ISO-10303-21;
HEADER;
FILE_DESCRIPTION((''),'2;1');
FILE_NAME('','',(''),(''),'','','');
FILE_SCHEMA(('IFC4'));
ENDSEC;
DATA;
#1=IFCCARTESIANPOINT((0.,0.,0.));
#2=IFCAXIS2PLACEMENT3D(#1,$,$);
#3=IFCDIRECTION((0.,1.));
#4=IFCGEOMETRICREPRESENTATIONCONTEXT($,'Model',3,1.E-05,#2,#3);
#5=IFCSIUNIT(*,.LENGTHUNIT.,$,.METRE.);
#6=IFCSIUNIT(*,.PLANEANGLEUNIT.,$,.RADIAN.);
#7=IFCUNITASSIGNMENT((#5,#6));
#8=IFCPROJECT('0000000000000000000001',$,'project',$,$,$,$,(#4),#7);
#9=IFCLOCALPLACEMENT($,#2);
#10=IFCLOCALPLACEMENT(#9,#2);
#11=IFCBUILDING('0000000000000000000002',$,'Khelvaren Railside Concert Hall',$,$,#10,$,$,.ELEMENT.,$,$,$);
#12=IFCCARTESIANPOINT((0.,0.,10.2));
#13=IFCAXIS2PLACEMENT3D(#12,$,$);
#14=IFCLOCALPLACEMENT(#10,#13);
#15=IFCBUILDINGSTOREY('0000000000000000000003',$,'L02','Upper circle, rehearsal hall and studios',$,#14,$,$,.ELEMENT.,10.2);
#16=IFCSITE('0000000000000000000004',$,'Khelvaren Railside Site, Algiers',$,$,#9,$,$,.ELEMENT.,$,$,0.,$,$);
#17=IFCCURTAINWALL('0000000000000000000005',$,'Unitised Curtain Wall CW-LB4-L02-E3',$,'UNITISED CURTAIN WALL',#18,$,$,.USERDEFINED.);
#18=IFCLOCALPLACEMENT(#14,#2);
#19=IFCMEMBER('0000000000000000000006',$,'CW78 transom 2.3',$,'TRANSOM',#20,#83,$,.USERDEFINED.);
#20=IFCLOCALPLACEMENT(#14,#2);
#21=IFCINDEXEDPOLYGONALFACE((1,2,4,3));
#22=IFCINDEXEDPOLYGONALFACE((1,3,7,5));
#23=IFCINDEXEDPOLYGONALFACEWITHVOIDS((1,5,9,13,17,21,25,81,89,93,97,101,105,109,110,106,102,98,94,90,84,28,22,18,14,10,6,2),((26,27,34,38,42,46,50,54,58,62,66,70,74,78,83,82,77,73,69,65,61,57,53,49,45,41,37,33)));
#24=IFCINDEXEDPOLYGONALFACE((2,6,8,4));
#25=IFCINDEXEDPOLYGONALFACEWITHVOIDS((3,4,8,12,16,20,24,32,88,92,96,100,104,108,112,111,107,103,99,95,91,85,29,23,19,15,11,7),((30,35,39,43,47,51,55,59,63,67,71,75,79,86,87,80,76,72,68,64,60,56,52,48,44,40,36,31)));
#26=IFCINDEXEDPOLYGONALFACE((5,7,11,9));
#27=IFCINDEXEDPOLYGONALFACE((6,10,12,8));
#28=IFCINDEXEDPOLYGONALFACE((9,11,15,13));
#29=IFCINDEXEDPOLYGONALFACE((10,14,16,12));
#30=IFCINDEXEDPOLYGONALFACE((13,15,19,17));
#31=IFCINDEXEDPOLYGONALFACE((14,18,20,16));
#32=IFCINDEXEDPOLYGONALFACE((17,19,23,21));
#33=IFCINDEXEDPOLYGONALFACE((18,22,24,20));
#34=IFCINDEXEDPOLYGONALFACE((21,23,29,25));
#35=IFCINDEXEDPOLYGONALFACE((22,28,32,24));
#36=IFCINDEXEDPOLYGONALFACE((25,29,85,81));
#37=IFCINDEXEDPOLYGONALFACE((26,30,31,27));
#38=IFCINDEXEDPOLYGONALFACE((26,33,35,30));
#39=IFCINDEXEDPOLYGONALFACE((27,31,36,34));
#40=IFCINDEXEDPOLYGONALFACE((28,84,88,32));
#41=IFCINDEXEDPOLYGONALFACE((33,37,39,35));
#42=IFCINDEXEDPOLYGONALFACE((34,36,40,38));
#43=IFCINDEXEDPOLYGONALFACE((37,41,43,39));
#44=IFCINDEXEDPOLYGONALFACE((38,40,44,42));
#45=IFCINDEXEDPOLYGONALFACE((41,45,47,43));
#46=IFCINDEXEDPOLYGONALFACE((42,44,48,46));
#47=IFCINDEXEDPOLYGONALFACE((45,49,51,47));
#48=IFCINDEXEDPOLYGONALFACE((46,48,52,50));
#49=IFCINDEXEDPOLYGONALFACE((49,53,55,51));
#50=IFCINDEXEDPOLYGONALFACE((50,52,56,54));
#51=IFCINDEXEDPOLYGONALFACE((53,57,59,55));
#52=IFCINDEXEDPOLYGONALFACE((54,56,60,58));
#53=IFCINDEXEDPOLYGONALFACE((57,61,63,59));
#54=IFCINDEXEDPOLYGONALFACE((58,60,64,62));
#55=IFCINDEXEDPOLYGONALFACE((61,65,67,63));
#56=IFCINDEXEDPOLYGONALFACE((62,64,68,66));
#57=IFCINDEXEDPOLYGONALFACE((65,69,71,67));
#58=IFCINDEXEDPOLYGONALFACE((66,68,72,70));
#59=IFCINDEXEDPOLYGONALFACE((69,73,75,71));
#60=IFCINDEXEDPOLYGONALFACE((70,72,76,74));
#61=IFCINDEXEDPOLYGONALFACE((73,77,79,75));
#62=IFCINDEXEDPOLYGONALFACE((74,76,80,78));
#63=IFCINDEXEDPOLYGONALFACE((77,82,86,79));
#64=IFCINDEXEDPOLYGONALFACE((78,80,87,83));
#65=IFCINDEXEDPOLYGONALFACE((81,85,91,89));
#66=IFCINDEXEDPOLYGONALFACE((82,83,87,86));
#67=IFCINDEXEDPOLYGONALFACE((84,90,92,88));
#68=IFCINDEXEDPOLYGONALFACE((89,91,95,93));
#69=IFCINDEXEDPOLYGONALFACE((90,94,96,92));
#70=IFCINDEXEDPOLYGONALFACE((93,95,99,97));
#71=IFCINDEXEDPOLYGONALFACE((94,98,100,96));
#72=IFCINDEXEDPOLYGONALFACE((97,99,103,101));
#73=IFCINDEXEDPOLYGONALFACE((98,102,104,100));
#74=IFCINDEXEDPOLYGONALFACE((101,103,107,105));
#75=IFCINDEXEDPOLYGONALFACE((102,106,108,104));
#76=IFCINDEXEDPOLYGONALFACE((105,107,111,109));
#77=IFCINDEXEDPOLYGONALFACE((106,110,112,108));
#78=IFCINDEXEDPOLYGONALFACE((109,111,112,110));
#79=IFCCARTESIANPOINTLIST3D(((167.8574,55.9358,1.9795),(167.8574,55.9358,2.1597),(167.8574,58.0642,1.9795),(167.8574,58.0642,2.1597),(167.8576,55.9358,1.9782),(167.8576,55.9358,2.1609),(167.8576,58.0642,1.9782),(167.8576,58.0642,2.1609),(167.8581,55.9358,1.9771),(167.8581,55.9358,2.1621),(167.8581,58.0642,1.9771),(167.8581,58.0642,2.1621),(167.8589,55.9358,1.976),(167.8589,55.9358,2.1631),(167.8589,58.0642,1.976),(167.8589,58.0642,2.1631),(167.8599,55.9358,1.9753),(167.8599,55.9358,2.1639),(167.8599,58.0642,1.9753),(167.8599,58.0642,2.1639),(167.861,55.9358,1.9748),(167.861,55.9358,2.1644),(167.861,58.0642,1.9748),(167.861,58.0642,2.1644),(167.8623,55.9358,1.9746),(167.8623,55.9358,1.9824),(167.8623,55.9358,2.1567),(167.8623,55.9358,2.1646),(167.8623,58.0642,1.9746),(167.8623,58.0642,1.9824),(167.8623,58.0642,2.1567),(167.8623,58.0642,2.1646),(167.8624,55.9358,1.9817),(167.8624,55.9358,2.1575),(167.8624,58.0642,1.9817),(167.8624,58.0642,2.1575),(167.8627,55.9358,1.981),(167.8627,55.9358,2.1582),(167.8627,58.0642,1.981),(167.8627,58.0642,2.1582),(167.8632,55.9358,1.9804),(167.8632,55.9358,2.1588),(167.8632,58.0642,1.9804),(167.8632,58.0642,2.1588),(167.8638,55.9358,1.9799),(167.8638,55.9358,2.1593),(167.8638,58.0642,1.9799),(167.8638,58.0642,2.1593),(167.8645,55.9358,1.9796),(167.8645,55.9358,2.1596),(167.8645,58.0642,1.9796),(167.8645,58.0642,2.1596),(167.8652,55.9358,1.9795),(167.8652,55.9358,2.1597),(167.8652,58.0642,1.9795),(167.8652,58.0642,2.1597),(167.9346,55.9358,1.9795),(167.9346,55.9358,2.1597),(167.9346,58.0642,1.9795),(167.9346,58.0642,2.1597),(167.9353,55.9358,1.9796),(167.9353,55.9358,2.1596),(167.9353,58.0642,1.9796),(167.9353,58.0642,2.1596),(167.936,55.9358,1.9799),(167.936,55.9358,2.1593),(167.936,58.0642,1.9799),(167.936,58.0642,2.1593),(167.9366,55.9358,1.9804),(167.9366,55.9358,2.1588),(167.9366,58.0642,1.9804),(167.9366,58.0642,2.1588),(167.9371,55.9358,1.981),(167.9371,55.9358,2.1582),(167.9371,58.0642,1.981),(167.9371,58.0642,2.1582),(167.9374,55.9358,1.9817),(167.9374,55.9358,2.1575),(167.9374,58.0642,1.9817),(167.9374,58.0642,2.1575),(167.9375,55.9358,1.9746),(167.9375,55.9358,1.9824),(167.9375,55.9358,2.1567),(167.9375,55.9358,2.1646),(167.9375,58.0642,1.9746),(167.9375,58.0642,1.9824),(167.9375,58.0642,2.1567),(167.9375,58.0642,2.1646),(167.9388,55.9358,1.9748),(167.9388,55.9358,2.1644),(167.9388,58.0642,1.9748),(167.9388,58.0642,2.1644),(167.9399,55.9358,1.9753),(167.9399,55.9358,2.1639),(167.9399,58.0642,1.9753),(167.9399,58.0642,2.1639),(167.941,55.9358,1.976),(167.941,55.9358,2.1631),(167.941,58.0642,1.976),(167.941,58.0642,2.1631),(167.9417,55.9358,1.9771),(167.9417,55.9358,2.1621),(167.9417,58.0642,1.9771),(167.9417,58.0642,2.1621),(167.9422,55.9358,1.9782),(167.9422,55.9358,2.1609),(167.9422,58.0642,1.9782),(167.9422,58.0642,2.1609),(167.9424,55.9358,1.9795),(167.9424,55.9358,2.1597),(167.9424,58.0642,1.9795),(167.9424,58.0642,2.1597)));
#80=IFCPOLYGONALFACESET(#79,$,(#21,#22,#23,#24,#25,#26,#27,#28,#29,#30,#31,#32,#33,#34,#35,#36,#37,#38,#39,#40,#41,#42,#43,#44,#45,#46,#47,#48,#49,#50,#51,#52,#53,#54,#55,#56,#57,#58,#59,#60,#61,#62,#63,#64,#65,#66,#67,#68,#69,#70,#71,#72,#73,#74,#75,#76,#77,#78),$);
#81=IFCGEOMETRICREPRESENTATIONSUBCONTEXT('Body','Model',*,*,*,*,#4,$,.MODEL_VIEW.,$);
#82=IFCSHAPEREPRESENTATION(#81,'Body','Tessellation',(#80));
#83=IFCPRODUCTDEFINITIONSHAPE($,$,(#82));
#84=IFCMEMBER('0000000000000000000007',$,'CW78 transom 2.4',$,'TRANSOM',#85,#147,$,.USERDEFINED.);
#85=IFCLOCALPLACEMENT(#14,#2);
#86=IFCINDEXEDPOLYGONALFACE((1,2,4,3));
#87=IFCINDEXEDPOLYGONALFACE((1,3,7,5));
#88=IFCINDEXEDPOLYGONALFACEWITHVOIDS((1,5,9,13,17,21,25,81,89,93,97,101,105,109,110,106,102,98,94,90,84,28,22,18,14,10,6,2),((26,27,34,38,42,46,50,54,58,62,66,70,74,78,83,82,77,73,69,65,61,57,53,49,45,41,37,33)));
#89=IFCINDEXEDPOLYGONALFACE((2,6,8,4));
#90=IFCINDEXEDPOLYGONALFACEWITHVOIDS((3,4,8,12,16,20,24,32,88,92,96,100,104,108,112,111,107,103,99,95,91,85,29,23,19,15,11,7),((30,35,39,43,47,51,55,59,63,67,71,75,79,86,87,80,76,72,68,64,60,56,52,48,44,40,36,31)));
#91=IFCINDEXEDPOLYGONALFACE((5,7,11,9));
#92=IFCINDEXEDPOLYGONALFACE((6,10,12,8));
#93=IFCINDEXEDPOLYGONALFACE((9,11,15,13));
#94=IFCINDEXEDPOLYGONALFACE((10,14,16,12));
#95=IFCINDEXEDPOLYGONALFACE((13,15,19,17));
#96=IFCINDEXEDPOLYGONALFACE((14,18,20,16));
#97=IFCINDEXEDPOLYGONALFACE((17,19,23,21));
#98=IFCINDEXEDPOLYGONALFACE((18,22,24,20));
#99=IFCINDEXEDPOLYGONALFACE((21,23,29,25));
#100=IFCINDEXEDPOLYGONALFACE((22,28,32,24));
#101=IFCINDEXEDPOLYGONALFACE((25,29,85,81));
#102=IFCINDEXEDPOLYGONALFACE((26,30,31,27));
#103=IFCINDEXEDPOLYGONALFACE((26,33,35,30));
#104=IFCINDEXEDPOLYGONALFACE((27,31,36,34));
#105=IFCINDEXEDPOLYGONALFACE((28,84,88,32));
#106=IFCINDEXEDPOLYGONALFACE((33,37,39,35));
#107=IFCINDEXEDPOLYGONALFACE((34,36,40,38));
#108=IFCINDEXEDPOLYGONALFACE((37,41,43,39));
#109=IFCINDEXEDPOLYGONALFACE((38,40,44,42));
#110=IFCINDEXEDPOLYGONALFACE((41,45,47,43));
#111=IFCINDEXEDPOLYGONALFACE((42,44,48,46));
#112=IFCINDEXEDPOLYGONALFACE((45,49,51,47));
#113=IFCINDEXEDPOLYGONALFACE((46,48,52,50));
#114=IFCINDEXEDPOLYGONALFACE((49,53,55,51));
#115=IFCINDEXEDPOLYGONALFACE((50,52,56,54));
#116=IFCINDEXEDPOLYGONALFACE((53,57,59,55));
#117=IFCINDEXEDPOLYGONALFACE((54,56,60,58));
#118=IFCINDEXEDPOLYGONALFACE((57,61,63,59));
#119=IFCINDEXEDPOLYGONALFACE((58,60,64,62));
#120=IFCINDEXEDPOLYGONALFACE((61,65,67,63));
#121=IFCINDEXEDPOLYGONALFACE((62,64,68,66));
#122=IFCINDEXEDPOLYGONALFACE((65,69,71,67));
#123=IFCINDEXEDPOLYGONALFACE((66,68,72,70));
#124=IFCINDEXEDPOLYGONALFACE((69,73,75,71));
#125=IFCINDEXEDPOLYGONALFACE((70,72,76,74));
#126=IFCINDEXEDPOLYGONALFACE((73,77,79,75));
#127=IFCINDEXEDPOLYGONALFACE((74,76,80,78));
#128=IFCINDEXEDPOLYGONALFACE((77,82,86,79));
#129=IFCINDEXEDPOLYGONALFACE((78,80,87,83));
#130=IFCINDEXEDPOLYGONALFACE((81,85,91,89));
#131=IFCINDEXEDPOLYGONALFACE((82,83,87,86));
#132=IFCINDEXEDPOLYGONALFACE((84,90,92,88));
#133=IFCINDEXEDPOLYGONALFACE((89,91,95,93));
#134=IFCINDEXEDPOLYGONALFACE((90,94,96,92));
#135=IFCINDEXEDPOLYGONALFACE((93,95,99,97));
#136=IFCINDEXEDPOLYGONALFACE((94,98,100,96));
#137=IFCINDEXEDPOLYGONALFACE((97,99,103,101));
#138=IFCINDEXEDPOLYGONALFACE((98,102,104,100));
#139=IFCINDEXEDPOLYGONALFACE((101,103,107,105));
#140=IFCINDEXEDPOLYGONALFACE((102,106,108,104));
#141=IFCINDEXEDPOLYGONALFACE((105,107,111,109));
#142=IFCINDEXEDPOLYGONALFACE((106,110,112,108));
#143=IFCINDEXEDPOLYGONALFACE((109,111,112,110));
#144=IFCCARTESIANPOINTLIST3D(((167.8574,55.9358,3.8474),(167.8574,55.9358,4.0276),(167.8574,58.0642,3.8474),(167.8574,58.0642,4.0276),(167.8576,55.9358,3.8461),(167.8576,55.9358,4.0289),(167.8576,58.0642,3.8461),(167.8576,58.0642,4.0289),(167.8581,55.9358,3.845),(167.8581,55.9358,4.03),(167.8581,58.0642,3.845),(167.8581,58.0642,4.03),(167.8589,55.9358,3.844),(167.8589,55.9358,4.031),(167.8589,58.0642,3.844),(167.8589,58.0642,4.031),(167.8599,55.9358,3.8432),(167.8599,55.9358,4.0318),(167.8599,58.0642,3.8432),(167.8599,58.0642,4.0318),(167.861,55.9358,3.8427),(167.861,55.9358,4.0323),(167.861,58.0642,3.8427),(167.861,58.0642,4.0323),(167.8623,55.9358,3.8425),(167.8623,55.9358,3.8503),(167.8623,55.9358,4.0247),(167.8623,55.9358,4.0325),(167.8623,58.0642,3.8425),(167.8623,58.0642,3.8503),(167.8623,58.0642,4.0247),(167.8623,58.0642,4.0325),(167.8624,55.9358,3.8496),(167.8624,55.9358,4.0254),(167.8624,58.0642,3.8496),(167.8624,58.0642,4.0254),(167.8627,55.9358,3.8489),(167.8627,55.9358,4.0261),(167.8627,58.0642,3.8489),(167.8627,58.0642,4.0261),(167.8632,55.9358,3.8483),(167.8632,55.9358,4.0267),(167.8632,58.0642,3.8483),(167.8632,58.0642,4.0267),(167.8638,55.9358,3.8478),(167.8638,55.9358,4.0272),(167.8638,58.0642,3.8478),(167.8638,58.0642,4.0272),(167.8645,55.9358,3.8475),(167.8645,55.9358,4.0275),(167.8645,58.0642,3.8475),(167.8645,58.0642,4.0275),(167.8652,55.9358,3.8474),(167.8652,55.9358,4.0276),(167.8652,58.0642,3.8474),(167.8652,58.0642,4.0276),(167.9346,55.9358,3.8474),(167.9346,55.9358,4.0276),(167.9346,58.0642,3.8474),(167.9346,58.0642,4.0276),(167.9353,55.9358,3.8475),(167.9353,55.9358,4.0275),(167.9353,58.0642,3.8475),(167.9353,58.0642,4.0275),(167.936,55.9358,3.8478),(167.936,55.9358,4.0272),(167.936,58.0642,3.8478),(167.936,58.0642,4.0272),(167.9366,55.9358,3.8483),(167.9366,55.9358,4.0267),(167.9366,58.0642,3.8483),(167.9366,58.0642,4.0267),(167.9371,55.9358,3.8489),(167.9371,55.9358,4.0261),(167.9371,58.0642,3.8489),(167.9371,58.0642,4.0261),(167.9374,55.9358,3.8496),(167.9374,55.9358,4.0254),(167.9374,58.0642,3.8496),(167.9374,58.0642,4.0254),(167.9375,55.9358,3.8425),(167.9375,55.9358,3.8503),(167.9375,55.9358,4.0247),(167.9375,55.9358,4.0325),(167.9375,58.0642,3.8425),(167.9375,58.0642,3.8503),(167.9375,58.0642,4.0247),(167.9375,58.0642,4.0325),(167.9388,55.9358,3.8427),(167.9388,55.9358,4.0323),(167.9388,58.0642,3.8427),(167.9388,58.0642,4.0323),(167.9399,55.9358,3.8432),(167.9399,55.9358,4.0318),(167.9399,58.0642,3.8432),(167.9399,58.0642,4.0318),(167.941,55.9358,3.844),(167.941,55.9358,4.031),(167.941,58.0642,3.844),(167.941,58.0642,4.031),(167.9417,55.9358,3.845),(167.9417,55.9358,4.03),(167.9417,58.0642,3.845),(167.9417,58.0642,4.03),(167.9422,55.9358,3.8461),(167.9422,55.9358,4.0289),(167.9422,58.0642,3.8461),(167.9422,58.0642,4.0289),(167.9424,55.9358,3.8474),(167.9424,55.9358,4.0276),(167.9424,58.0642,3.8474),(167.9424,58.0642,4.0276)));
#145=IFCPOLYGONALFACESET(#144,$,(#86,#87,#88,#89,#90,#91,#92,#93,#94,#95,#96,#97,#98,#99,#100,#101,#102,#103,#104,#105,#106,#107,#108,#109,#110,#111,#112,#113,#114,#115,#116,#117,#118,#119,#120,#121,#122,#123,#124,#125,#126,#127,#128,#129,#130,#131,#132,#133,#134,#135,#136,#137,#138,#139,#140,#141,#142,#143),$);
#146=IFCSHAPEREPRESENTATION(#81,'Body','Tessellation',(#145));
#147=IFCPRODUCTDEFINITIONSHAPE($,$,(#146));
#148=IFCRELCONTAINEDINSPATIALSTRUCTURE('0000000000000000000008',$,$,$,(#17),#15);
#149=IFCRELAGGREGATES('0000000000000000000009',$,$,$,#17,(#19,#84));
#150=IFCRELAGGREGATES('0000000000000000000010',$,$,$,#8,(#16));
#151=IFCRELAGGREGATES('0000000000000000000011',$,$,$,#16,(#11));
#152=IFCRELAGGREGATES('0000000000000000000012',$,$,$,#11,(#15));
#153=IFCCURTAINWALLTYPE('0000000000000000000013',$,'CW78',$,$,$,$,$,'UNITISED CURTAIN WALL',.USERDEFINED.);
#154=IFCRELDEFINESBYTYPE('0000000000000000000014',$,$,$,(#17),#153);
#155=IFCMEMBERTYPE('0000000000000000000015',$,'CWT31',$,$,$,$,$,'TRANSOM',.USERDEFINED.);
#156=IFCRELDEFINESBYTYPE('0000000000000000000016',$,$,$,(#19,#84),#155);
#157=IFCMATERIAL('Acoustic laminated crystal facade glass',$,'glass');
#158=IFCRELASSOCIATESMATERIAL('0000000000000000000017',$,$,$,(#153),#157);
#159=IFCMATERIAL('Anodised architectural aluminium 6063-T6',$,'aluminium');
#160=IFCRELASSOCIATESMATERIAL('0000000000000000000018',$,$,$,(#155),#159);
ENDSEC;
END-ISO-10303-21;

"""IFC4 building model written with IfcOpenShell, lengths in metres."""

from ifc_helpers import new_model, si_unit, direction, frame, origin, origin_2d, place, context, subcontext, project, spatial, hollow_rectangle, extrude, material, material_profile, profile_set, type_object, element, aggregate, save


model = new_model("IFC4")

# Units and contexts
model_context = context("Model", 3, precision=1e-05, world=origin(), true_north=direction((0.0, 1.0)))
body_context = subcontext(model_context, "Body", "Model", "MODEL_VIEW")
ifc_project = project(units=[si_unit("LENGTHUNIT", "METRE"), si_unit("PLANEANGLEUNIT", "RADIAN")], contexts=[model_context])

# Site, building, storey
site_placement = place(None, origin())
site = spatial("IfcSite", under=ifc_project, at=site_placement, Name="Khelvaren Railside Site, Algiers", CompositionType="ELEMENT", RefElevation=0.0)
building_placement = place(site_placement, origin())
building = spatial("IfcBuilding", under=site, at=building_placement, Name="Khelvaren Railside Concert Hall", CompositionType="ELEMENT")
storey_placement = place(building_placement, frame((0.0, 0.0, 10.2)))
storey = spatial("IfcBuildingStorey", under=building, at=storey_placement, Name="L02", Description="Upper circle, rehearsal hall and studios", CompositionType="ELEMENT", Elevation=10.2)

# Curtain wall
ifc_material_1 = material(Name="Acoustic laminated crystal facade glass", Category="glass")
curtain_wall_type = type_object("IfcCurtainWallType", Name="CW78", ElementType="UNITISED CURTAIN WALL", PredefinedType="USERDEFINED", material=ifc_material_1)
curtain_wall_1_placement = place(storey_placement, origin())
curtain_wall_1 = element("IfcCurtainWall", 1, at=curtain_wall_1_placement, inside=storey, type_object=curtain_wall_type, Name="Unitised Curtain Wall CW-LB4-L02-E3", ObjectType="UNITISED CURTAIN WALL", PredefinedType="USERDEFINED")
ifc_material_2 = material(Name="Anodised architectural aluminium 6063-T6", Category="aluminium")

# Members
ifc_material_profile_1 = material_profile(ifc_material_2, hollow_rectangle(XDim=0.085, YDim=0.1899, WallThickness=0.0049, InnerFilletRadius=0.0029, OuterFilletRadius=0.0049, at=origin_2d()), Name="CWT 85x190x5")
ifc_profile_set_1 = profile_set([ifc_material_profile_1], Name="Anodised architectural aluminium 6063-T6")
member_type_1 = type_object("IfcMemberType", Name="CWT31", ElementType="TRANSOM", PredefinedType="USERDEFINED", material=ifc_profile_set_1)
member_1_placement = place(storey_placement, frame((167.8999, 58.0642, 2.0696), z_axis=(0.0, -1.0, 0.0), x_axis=(1.0, 0.0, 0.0)))
member_1 = element("IfcMember", 2, at=member_1_placement, type_object=member_type_1, Name="CW78 transom 2.3", ObjectType="TRANSOM", PredefinedType="USERDEFINED", context=body_context, shape_type="SweptSolid", body=[
    extrude(hollow_rectangle(XDim=0.085, YDim=0.1899, WallThickness=0.0049, InnerFilletRadius=0.0029, OuterFilletRadius=0.0049, at=origin_2d()), origin(), (0.0, 0.0, 1.0), 2.1284),
])
member_2_placement = place(storey_placement, frame((167.8999, 58.0642, 3.9375), z_axis=(0.0, -1.0, 0.0), x_axis=(1.0, 0.0, 0.0)))
member_2 = element("IfcMember", 3, at=member_2_placement, type_object=member_type_1, Name="CW78 transom 2.4", ObjectType="TRANSOM", PredefinedType="USERDEFINED", context=body_context, shape_type="SweptSolid", body=[
    extrude(hollow_rectangle(XDim=0.085, YDim=0.1899, WallThickness=0.0049, InnerFilletRadius=0.0029, OuterFilletRadius=0.0049, at=origin_2d()), origin(), (0.0, 0.0, 1.0), 2.1284),
])

aggregate(curtain_wall_1, [member_1, member_2])

save(model, "model.ifc")
